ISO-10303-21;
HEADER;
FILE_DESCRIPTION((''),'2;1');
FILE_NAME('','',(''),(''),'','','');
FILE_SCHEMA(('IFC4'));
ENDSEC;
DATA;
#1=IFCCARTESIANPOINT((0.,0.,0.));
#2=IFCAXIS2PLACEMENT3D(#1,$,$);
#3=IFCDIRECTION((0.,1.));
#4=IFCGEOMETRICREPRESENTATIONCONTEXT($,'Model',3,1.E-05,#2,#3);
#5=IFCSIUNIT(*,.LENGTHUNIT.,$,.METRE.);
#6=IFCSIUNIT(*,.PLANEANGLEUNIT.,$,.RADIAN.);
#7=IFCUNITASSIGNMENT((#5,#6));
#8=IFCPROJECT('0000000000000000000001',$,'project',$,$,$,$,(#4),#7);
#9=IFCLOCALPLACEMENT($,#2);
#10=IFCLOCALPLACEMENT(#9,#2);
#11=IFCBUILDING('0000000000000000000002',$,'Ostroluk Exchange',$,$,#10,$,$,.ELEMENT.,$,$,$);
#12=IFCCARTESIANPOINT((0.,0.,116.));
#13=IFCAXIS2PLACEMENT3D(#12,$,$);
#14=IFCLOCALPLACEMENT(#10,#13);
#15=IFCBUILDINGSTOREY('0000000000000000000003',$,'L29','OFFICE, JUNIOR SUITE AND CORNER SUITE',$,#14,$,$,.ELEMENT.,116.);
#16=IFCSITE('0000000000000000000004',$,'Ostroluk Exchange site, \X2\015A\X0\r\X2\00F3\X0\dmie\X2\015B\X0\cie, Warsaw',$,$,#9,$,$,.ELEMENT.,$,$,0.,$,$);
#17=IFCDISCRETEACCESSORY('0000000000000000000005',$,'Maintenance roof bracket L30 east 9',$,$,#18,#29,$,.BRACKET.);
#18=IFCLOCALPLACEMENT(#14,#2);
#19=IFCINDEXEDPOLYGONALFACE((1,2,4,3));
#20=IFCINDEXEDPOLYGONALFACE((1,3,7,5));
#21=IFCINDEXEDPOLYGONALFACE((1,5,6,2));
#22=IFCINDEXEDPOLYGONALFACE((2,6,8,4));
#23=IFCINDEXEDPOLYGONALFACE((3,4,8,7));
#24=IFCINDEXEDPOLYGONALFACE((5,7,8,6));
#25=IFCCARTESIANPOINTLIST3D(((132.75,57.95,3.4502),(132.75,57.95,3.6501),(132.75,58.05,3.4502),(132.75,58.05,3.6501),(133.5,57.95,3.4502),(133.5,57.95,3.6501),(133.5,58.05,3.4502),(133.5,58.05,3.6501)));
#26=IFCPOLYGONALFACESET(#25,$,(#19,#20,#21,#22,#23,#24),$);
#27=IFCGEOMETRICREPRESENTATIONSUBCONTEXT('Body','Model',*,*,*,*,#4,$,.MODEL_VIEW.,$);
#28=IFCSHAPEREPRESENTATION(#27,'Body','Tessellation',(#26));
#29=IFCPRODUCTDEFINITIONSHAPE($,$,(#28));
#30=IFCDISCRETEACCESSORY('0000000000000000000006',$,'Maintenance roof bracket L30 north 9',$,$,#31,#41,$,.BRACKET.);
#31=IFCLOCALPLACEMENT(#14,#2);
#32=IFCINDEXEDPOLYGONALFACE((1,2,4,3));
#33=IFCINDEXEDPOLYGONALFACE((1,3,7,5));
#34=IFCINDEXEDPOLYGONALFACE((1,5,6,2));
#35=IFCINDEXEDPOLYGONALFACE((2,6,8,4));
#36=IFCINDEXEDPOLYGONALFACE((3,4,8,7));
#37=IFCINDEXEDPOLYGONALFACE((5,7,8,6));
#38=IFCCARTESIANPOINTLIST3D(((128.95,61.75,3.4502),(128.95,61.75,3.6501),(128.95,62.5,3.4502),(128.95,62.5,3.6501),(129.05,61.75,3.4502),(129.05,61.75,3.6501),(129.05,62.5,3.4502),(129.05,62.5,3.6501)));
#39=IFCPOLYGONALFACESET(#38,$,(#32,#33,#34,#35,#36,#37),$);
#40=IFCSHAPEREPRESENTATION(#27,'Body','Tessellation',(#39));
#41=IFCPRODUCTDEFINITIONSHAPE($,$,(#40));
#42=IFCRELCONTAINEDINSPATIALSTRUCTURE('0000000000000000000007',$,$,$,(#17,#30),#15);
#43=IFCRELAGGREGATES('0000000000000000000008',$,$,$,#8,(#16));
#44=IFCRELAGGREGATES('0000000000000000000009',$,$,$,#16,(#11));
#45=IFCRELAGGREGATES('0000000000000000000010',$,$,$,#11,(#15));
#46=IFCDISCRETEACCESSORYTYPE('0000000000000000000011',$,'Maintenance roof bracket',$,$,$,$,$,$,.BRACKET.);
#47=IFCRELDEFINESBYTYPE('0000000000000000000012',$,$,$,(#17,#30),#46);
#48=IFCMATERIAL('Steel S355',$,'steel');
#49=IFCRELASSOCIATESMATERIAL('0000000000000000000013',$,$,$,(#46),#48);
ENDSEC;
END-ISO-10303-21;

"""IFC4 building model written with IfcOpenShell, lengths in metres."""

from ifc_helpers import new_model, si_unit, direction, frame, origin, origin_2d, place, context, subcontext, project, spatial, rectangle, extrude, material, type_object, element, save


model = new_model("IFC4")

# Units and contexts
model_context = context("Model", 3, precision=1e-05, world=origin(), true_north=direction((0.0, 1.0)))
body_context = subcontext(model_context, "Body", "Model", "MODEL_VIEW")
ifc_project = project(units=[si_unit("LENGTHUNIT", "METRE"), si_unit("PLANEANGLEUNIT", "RADIAN")], contexts=[model_context])

# Site, building, storey
site_placement = place(None, origin())
site = spatial("IfcSite", under=ifc_project, at=site_placement, Name="Ostroluk Exchange site, Śródmieście, Warsaw", CompositionType="ELEMENT", RefElevation=0.0)
building_placement = place(site_placement, origin())
building = spatial("IfcBuilding", under=site, at=building_placement, Name="Ostroluk Exchange", CompositionType="ELEMENT")
storey_placement = place(building_placement, frame((0.0, 0.0, 116.0)))
storey = spatial("IfcBuildingStorey", under=building, at=storey_placement, Name="L29", Description="OFFICE, JUNIOR SUITE AND CORNER SUITE", CompositionType="ELEMENT", Elevation=116.0)

# Discrete accessories
ifc_material_1 = material(Name="Steel S355", Category="steel")
discrete_accessory_type = type_object("IfcDiscreteAccessoryType", Name="Maintenance roof bracket", PredefinedType="BRACKET", material=ifc_material_1)
discrete_accessory_1_placement = place(storey_placement, frame((133.125, 58.0, 3.4502), z_axis=(0.0, 0.0, 1.0), x_axis=(1.0, 0.0, 0.0)))
element("IfcDiscreteAccessory", 1, at=discrete_accessory_1_placement, inside=storey, type_object=discrete_accessory_type, Name="Maintenance roof bracket L30 east 9", PredefinedType="BRACKET", context=body_context, shape_type="SweptSolid", body=[
    extrude(rectangle(XDim=0.75, YDim=0.1001, at=origin_2d()), origin(), (0.0, 0.0, 1.0), 0.2),
])
discrete_accessory_2_placement = place(storey_placement, frame((129.0, 62.125, 3.4502), z_axis=(0.0, 0.0, 1.0), x_axis=(1.0, 0.0, 0.0)))
element("IfcDiscreteAccessory", 2, at=discrete_accessory_2_placement, inside=storey, type_object=discrete_accessory_type, Name="Maintenance roof bracket L30 north 9", PredefinedType="BRACKET", context=body_context, shape_type="SweptSolid", body=[
    extrude(rectangle(XDim=0.1001, YDim=0.75, at=origin_2d()), origin(), (0.0, 0.0, 1.0), 0.2),
])

save(model, "model.ifc")
